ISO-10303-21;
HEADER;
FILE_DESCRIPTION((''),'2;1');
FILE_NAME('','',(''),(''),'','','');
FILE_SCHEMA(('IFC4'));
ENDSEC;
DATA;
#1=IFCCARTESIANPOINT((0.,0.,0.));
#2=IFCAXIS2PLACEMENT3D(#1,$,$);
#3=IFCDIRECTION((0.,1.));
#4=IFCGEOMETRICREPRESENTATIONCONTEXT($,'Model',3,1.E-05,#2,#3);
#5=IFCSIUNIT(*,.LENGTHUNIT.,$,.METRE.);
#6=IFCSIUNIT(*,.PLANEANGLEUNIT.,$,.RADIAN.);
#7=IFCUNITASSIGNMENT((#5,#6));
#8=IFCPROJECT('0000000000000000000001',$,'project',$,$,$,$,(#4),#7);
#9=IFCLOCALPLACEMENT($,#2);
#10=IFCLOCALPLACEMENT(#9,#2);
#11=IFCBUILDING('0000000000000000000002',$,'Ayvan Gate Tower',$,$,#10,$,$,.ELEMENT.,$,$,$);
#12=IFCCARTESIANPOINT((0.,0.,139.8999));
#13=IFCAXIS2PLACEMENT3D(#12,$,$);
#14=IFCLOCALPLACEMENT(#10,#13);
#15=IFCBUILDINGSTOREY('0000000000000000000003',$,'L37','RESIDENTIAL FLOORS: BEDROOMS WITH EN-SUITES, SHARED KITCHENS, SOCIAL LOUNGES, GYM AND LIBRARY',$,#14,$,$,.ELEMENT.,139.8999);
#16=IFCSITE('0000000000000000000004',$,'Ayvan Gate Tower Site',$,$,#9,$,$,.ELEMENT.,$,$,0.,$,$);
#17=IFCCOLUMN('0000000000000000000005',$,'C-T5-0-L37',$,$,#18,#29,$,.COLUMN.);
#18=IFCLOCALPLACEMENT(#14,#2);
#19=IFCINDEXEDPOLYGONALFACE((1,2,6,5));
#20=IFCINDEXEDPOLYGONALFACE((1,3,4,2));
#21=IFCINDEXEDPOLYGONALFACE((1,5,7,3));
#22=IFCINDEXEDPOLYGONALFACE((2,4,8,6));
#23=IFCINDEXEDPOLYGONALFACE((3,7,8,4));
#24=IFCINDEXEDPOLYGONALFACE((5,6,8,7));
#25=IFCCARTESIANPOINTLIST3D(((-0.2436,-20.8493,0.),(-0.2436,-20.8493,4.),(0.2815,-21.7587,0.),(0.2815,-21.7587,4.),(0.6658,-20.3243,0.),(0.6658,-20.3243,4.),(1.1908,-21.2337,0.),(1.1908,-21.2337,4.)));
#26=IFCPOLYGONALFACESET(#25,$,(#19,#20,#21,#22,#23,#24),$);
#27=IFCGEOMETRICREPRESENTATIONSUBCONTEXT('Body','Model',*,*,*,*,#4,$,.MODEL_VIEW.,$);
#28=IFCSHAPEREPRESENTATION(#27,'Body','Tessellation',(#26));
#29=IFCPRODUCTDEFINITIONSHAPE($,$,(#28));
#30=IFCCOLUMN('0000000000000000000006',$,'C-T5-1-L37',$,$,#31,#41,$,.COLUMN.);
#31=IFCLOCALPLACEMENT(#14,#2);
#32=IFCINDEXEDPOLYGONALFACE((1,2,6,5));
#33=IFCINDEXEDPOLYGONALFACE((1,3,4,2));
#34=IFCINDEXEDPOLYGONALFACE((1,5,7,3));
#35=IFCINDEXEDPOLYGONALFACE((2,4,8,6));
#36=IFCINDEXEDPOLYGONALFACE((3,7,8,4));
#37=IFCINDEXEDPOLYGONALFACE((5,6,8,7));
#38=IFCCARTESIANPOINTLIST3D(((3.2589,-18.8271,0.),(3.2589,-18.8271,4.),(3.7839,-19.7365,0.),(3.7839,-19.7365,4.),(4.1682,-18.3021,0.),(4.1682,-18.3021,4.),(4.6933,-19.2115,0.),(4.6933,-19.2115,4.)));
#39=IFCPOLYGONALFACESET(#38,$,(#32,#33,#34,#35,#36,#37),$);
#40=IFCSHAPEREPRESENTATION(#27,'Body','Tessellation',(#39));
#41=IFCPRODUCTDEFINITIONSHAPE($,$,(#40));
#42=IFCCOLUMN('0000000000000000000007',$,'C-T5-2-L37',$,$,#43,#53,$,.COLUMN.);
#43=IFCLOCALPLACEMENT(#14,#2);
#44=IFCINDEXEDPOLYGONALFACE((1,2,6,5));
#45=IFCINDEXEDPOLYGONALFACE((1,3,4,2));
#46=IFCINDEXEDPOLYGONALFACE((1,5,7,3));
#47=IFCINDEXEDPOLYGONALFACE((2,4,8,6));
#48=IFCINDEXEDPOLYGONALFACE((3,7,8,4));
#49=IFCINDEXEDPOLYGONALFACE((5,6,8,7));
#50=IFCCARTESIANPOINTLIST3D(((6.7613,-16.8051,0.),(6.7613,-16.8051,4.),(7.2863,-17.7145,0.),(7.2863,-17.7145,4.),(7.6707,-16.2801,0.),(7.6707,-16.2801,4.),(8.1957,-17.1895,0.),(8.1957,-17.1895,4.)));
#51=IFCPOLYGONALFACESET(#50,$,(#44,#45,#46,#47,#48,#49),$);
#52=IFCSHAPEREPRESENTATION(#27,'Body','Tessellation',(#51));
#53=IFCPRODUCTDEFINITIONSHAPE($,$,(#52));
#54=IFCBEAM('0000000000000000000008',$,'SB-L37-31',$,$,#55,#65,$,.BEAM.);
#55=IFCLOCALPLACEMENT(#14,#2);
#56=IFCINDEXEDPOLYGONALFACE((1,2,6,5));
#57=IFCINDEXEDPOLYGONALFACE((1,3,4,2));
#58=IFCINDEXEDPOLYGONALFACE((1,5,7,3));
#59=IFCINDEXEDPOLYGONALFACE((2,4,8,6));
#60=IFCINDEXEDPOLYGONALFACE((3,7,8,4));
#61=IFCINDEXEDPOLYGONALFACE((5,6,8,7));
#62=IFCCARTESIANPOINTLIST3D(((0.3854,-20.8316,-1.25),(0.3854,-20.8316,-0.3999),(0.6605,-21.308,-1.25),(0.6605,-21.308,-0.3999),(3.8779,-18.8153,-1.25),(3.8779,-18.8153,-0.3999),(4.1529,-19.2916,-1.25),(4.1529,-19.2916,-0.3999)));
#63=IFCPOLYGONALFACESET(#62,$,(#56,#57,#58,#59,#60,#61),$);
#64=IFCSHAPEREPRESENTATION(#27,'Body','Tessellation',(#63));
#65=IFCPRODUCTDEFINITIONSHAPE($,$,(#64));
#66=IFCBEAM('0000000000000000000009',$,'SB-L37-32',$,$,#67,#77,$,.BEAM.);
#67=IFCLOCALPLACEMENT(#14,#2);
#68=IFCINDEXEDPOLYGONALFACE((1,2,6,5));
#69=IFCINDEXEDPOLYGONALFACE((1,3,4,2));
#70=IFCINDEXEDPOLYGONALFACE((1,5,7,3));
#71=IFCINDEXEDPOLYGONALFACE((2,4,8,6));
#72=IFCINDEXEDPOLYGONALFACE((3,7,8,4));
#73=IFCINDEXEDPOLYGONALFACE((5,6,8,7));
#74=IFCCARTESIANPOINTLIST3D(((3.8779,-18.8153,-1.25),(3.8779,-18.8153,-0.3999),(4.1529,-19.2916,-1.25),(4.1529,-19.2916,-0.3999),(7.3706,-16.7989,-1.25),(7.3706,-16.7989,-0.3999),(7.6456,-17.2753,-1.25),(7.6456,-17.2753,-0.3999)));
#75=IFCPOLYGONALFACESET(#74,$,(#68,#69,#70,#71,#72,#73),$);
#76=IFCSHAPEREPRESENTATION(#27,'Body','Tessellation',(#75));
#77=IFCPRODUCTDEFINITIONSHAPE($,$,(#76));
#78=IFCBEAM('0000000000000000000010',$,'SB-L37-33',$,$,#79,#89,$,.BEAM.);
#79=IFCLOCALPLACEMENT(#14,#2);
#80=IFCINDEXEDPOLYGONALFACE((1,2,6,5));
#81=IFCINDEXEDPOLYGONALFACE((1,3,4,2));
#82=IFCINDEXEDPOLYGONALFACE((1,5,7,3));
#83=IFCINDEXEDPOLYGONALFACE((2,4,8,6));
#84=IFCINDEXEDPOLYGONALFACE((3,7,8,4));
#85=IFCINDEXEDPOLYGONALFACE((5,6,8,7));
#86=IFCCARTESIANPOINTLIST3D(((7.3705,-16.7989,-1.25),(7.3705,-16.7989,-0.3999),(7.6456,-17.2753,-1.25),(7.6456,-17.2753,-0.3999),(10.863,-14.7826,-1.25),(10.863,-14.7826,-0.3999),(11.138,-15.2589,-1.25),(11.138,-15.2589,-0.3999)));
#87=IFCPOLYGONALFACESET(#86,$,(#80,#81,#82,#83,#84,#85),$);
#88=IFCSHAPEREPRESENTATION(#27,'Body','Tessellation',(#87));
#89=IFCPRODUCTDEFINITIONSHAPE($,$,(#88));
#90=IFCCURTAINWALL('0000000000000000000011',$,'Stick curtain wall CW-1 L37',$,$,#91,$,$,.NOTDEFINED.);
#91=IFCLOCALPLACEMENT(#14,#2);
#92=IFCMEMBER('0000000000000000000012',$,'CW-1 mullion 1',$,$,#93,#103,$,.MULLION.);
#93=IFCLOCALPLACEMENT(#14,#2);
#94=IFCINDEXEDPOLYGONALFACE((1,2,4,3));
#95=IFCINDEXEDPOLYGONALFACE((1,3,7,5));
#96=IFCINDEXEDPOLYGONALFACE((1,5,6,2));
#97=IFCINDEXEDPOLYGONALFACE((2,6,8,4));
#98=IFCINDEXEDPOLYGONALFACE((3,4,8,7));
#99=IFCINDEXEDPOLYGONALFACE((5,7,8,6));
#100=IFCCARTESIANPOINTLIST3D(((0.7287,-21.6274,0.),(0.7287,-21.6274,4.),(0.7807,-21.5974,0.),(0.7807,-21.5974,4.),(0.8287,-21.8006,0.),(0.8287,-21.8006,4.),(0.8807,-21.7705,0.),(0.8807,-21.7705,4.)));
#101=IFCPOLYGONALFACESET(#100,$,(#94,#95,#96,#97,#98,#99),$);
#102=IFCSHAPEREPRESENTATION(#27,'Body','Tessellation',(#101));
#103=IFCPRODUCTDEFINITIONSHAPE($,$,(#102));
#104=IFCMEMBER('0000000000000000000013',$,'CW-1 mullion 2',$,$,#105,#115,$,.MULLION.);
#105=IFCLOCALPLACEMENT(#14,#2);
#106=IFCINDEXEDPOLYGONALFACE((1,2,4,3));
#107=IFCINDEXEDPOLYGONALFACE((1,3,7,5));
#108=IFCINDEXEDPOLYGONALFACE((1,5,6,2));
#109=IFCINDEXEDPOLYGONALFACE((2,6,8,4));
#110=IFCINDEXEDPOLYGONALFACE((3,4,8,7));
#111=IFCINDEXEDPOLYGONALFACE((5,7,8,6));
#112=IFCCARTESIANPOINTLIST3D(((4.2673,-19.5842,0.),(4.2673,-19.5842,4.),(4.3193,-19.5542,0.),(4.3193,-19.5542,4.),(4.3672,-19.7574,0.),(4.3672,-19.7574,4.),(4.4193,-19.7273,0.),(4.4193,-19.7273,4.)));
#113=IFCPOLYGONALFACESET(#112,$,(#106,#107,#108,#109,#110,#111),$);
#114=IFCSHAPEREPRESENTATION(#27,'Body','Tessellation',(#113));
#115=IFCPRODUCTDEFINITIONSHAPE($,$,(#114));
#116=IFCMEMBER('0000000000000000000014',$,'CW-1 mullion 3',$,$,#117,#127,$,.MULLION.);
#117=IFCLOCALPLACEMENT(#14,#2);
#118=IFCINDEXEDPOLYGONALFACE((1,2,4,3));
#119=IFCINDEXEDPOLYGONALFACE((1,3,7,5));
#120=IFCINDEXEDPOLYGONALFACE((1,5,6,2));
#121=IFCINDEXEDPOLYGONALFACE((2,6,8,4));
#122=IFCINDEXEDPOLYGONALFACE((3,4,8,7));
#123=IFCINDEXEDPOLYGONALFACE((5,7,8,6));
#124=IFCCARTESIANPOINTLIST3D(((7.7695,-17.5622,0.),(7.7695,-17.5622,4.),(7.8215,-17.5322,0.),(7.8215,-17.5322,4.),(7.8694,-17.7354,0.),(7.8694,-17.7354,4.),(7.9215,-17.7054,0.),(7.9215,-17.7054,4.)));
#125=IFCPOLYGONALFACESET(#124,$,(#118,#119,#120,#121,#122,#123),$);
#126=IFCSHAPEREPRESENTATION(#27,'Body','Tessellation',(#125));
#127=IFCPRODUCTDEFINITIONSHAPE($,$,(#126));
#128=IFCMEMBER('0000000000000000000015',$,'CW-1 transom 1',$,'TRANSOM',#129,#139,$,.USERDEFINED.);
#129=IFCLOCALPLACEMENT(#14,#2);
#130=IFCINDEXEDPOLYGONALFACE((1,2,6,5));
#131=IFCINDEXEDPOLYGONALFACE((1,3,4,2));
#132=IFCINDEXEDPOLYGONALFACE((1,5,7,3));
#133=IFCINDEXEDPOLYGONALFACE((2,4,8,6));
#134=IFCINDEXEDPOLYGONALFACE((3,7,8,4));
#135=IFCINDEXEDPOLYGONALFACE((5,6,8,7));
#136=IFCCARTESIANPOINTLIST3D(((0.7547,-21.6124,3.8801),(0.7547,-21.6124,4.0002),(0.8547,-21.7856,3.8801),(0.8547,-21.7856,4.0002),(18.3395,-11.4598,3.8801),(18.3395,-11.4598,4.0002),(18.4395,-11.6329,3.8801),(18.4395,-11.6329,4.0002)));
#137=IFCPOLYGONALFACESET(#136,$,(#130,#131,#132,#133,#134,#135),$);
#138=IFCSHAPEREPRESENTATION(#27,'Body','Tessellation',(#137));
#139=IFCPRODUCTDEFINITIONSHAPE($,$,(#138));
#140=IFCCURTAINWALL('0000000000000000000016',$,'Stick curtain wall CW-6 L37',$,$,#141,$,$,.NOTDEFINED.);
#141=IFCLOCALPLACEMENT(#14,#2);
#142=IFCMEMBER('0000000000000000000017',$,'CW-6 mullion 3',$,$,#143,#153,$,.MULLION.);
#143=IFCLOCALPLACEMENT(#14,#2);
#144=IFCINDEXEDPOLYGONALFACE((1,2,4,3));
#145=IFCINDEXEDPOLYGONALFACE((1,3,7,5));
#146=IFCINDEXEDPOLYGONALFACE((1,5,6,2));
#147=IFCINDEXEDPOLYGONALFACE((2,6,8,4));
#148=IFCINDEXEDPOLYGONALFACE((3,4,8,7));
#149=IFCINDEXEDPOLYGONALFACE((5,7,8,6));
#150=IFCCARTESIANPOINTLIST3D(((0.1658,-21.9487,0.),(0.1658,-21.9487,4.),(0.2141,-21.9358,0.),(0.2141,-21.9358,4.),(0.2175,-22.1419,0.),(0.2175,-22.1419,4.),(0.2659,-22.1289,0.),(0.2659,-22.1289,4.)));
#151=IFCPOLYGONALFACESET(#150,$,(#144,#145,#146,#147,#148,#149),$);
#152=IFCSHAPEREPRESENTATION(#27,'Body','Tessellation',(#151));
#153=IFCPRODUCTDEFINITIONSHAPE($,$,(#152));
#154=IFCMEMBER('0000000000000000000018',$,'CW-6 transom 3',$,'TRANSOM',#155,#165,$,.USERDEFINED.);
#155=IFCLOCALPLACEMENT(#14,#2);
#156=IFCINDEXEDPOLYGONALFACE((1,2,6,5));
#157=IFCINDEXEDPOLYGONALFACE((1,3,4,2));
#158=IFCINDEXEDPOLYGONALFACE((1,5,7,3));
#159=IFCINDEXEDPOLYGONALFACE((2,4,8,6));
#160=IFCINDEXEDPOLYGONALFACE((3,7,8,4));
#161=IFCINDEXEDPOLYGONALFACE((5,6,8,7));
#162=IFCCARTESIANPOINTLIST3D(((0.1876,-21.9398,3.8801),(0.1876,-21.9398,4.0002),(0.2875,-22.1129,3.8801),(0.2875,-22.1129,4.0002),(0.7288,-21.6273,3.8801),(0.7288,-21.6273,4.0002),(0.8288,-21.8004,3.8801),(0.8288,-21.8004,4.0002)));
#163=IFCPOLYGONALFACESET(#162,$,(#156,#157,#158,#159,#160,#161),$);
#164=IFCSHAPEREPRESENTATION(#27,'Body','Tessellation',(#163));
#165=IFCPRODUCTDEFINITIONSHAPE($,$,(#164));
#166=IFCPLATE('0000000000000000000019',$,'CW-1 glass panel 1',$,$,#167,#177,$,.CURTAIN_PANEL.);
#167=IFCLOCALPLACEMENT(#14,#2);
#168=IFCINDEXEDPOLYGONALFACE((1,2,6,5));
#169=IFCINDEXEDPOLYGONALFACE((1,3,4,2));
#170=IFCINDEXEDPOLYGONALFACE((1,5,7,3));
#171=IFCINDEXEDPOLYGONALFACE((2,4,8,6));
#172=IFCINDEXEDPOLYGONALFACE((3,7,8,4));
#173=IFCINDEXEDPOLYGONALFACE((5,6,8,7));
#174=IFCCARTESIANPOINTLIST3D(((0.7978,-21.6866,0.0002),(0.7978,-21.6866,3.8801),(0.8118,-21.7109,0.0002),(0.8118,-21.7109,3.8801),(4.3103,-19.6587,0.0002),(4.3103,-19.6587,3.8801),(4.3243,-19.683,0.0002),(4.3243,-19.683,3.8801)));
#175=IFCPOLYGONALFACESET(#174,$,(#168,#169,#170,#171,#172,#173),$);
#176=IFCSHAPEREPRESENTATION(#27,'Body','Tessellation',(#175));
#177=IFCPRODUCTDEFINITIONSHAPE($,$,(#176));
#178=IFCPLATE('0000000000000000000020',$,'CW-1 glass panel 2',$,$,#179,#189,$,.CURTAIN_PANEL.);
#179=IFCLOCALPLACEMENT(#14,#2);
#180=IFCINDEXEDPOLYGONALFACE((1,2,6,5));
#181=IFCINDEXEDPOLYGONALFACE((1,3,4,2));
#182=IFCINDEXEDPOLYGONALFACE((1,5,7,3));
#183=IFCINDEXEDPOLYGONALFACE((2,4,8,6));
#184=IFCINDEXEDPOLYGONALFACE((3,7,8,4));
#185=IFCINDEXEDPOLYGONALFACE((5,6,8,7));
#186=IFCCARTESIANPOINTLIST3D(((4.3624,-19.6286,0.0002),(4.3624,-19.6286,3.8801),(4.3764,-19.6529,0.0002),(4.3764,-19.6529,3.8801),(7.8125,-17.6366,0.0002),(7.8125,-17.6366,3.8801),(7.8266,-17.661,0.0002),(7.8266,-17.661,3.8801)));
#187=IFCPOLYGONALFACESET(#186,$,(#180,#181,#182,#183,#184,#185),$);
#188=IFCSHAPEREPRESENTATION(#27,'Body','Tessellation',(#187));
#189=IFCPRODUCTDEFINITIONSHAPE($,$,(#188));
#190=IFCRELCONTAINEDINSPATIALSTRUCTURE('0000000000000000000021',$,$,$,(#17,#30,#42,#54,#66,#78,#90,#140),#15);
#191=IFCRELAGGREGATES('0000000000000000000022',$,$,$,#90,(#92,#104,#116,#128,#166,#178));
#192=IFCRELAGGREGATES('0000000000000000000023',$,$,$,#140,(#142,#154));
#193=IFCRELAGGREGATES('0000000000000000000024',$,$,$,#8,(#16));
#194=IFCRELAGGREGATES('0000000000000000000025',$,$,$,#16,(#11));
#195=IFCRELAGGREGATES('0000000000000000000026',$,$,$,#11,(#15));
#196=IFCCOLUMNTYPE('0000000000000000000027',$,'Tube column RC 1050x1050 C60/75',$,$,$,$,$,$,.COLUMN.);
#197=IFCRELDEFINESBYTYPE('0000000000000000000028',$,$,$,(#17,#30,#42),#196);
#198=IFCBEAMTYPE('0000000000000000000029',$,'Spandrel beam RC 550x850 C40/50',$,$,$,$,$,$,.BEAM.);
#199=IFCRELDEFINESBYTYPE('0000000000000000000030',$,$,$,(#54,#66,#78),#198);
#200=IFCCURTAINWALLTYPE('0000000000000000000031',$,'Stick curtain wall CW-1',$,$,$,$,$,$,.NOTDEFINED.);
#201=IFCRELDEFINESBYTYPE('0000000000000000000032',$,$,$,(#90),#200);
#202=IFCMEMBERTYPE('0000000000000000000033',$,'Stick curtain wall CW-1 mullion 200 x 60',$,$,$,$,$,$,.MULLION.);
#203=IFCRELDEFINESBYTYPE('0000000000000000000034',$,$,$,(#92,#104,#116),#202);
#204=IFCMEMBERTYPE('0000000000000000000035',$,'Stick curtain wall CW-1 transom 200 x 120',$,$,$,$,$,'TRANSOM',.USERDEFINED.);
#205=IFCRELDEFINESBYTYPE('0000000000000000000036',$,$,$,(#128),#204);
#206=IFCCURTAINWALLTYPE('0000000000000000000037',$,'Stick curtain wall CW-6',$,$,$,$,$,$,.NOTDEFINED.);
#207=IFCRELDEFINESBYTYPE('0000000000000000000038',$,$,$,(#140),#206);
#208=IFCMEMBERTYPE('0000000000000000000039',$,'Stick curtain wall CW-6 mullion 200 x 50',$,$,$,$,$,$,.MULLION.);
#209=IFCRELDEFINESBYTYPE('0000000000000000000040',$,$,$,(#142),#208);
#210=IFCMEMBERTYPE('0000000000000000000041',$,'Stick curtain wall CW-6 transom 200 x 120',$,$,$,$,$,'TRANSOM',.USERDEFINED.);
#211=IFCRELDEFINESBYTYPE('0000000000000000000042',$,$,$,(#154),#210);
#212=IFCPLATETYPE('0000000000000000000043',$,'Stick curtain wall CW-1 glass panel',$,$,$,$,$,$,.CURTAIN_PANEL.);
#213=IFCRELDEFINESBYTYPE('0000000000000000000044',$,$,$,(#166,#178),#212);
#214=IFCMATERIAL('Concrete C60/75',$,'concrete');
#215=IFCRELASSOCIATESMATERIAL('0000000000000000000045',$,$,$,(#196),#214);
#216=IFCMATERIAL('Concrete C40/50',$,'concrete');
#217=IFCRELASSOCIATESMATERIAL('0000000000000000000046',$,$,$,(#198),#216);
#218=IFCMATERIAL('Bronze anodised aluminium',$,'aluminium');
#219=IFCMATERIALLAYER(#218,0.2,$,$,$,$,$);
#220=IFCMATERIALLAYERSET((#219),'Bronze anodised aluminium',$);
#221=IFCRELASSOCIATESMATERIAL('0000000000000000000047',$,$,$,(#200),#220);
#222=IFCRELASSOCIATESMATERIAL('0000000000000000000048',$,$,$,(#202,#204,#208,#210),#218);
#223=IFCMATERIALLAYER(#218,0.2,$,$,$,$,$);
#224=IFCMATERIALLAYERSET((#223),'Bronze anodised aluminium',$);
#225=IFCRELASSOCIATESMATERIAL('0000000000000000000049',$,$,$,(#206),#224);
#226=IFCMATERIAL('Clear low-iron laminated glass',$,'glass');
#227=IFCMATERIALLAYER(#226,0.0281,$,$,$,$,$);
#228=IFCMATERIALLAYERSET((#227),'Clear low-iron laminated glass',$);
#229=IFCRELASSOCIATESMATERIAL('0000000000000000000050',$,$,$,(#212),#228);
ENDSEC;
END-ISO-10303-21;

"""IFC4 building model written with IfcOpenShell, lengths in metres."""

from ifc_helpers import new_model, si_unit, direction, frame, origin, origin_2d, place, context, subcontext, project, spatial, rectangle, extrude, material, layer, layer_set, material_profile, profile_set, type_object, element, aggregate, save


model = new_model("IFC4")

# Units and contexts
model_context = context("Model", 3, precision=1e-05, world=origin(), true_north=direction((0.0, 1.0)))
body_context = subcontext(model_context, "Body", "Model", "MODEL_VIEW")
ifc_project = project(units=[si_unit("LENGTHUNIT", "METRE"), si_unit("PLANEANGLEUNIT", "RADIAN")], contexts=[model_context])

# Site, building, storey
site_placement = place(None, origin())
site = spatial("IfcSite", under=ifc_project, at=site_placement, Name="Ayvan Gate Tower Site", CompositionType="ELEMENT", RefElevation=0.0)
building_placement = place(site_placement, origin())
building = spatial("IfcBuilding", under=site, at=building_placement, Name="Ayvan Gate Tower", CompositionType="ELEMENT")
storey_placement = place(building_placement, frame((0.0, 0.0, 139.8999)))
storey = spatial("IfcBuildingStorey", under=building, at=storey_placement, Name="L37", Description="RESIDENTIAL FLOORS: BEDROOMS WITH EN-SUITES, SHARED KITCHENS, SOCIAL LOUNGES, GYM AND LIBRARY", CompositionType="ELEMENT", Elevation=139.8999)

# Columns
ifc_material_1 = material(Name="Concrete C60/75", Category="concrete")
ifc_material_profile_1 = material_profile(ifc_material_1, rectangle(XDim=1.05, YDim=1.05, at=origin_2d()), Name="RC 1050x1050")
ifc_profile_set_1 = profile_set([ifc_material_profile_1], Name="Concrete C60/75")
column_type = type_object("IfcColumnType", Name="Tube column RC 1050x1050 C60/75", PredefinedType="COLUMN", material=ifc_profile_set_1)
for number, where, z_axis, x_axis, name in (
    (1, (0.4736, -21.0415, 0.0), (0.0, 0.0, 1.0), (0.5, -0.866025, 0.0), "C-T5-0-L37"),
    (2, (3.9761, -19.0193, 0.0), (0.0, 0.0, 1.0), (0.5, -0.866025, 0.0), "C-T5-1-L37"),
    (3, (7.4785, -16.9973, 0.0), (0.0, 0.0, 1.0), (0.5, -0.866025, 0.0), "C-T5-2-L37"),
):
    element("IfcColumn", number, at=place(storey_placement, frame(where, z_axis=z_axis, x_axis=x_axis)), inside=storey, type_object=column_type, Name=name, PredefinedType="COLUMN", context=body_context, shape_type="SweptSolid", body=[
        extrude(rectangle(XDim=1.05, YDim=1.05, at=origin_2d()), origin(), (0.0, 0.0, 1.0), 4.0),
    ])

# Beams
ifc_material_2 = material(Name="Concrete C40/50", Category="concrete")
ifc_material_profile_2 = material_profile(ifc_material_2, rectangle(XDim=0.55, YDim=0.8501, at=origin_2d()), Name="RC 550x850")
ifc_profile_set_2 = profile_set([ifc_material_profile_2], Name="Concrete C40/50")
beam_type = type_object("IfcBeamType", Name="Spandrel beam RC 550x850 C40/50", PredefinedType="BEAM", material=ifc_profile_set_2)
beam_1_placement = place(storey_placement, frame((0.5229, -21.0698, -0.825), z_axis=(0.866025, 0.5, 0.0), x_axis=(-0.5, 0.866025, 0.0)))
element("IfcBeam", 4, at=beam_1_placement, inside=storey, type_object=beam_type, Name="SB-L37-31", PredefinedType="BEAM", context=body_context, shape_type="SweptSolid", body=[
    extrude(rectangle(XDim=0.55, YDim=0.8501, at=origin_2d()), origin(), (0.0, 0.0, 1.0), 4.0327),
])
beam_2_placement = place(storey_placement, frame((4.0154, -19.0535, -0.825), z_axis=(0.86604, 0.499974, 0.0), x_axis=(-0.499974, 0.86604, 0.0)))
element("IfcBeam", 5, at=beam_2_placement, inside=storey, type_object=beam_type, Name="SB-L37-32", PredefinedType="BEAM", context=body_context, shape_type="SweptSolid", body=[
    extrude(rectangle(XDim=0.55, YDim=0.8501, at=origin_2d()), origin(), (0.0, 0.0, 1.0), 4.033),
])
beam_3_placement = place(storey_placement, frame((7.5081, -17.0371, -0.825), z_axis=(0.866025, 0.5, 0.0), x_axis=(-0.5, 0.866025, 0.0)))
element("IfcBeam", 6, at=beam_3_placement, inside=storey, type_object=beam_type, Name="SB-L37-33", PredefinedType="BEAM", context=body_context, shape_type="SweptSolid", body=[
    extrude(rectangle(XDim=0.55, YDim=0.8501, at=origin_2d()), origin(), (0.0, 0.0, 1.0), 4.0327),
])

# Curtain walls, members
ifc_material_3 = material(Name="Bronze anodised aluminium", Category="aluminium")
ifc_layer_1 = layer(ifc_material_3, 0.2)
ifc_layer_set_1 = layer_set([ifc_layer_1], Name="Bronze anodised aluminium")
curtain_wall_type_1 = type_object("IfcCurtainWallType", Name="Stick curtain wall CW-1", PredefinedType="NOTDEFINED", material=ifc_layer_set_1)
curtain_wall_1_placement = place(storey_placement, origin())
curtain_wall_1 = element("IfcCurtainWall", 7, at=curtain_wall_1_placement, inside=storey, type_object=curtain_wall_type_1, Name="Stick curtain wall CW-1 L37", PredefinedType="NOTDEFINED")
ifc_material_profile_3 = material_profile(ifc_material_3, rectangle(XDim=0.2, YDim=0.0601, at=origin_2d()), Name="Stick curtain wall CW-1 mullion 200 x 60")
ifc_profile_set_3 = profile_set([ifc_material_profile_3], Name="Bronze anodised aluminium")
member_type_1 = type_object("IfcMemberType", Name="Stick curtain wall CW-1 mullion 200 x 60", PredefinedType="MULLION", material=ifc_profile_set_3)
member_1_placement = place(storey_placement, frame((0.8047, -21.699, 0.0), z_axis=(0.0, 0.0, 1.0), x_axis=(0.5, -0.866025, 0.0)))
member_1 = element("IfcMember", 8, at=member_1_placement, type_object=member_type_1, Name="CW-1 mullion 1", PredefinedType="MULLION", context=body_context, shape_type="SweptSolid", body=[
    extrude(rectangle(XDim=0.2, YDim=0.0601, at=origin_2d()), origin(), (0.0, 0.0, 1.0), 4.0),
])
member_2_placement = place(storey_placement, frame((4.3433, -19.6558, 0.0), z_axis=(0.0, 0.0, 1.0), x_axis=(0.5, -0.866025, 0.0)))
member_2 = element("IfcMember", 9, at=member_2_placement, type_object=member_type_1, Name="CW-1 mullion 2", PredefinedType="MULLION", context=body_context, shape_type="SweptSolid", body=[
    extrude(rectangle(XDim=0.2, YDim=0.0601, at=origin_2d()), origin(), (0.0, 0.0, 1.0), 4.0),
])
member_3_placement = place(storey_placement, frame((7.8455, -17.6338, 0.0), z_axis=(0.0, 0.0, 1.0), x_axis=(0.5, -0.866025, 0.0)))
member_3 = element("IfcMember", 10, at=member_3_placement, type_object=member_type_1, Name="CW-1 mullion 3", PredefinedType="MULLION", context=body_context, shape_type="SweptSolid", body=[
    extrude(rectangle(XDim=0.2, YDim=0.0601, at=origin_2d()), origin(), (0.0, 0.0, 1.0), 4.0),
])
ifc_material_profile_4 = material_profile(ifc_material_3, rectangle(XDim=0.2, YDim=0.1201, at=origin_2d()), Name="Stick curtain wall CW-1 transom 200 x 120")
ifc_profile_set_4 = profile_set([ifc_material_profile_4], Name="Bronze anodised aluminium")
member_type_2 = type_object("IfcMemberType", Name="Stick curtain wall CW-1 transom 200 x 120", ElementType="TRANSOM", PredefinedType="USERDEFINED", material=ifc_profile_set_4)
member_4_placement = place(storey_placement, frame((0.8047, -21.699, 3.9402), z_axis=(0.866024, 0.500002, 0.0), x_axis=(-0.500002, 0.866024, 0.0)))
member_4 = element("IfcMember", 11, at=member_4_placement, type_object=member_type_2, Name="CW-1 transom 1", ObjectType="TRANSOM", PredefinedType="USERDEFINED", context=body_context, shape_type="SweptSolid", body=[
    extrude(rectangle(XDim=0.2, YDim=0.1201, at=origin_2d()), origin(), (0.0, 0.0, 1.0), 20.3052),
])
ifc_layer_2 = layer(ifc_material_3, 0.2)
ifc_layer_set_2 = layer_set([ifc_layer_2], Name="Bronze anodised aluminium")
curtain_wall_type_2 = type_object("IfcCurtainWallType", Name="Stick curtain wall CW-6", PredefinedType="NOTDEFINED", material=ifc_layer_set_2)
curtain_wall_2_placement = place(storey_placement, origin())
curtain_wall_2 = element("IfcCurtainWall", 12, at=curtain_wall_2_placement, inside=storey, type_object=curtain_wall_type_2, Name="Stick curtain wall CW-6 L37", PredefinedType="NOTDEFINED")
ifc_material_profile_5 = material_profile(ifc_material_3, rectangle(XDim=0.2, YDim=0.05, at=origin_2d()), Name="Stick curtain wall CW-6 mullion 200 x 50")
ifc_profile_set_5 = profile_set([ifc_material_profile_5], Name="Bronze anodised aluminium")
member_type_3 = type_object("IfcMemberType", Name="Stick curtain wall CW-6 mullion 200 x 50", PredefinedType="MULLION", material=ifc_profile_set_5)
member_5_placement = place(storey_placement, frame((0.2158, -22.0388, 0.0), z_axis=(0.0, 0.0, 1.0), x_axis=(0.258819, -0.965926, 0.0)))
member_5 = element("IfcMember", 13, at=member_5_placement, type_object=member_type_3, Name="CW-6 mullion 3", PredefinedType="MULLION", context=body_context, shape_type="SweptSolid", body=[
    extrude(rectangle(XDim=0.2, YDim=0.05, at=origin_2d()), origin(), (0.0, 0.0, 1.0), 4.0),
])
ifc_material_profile_6 = material_profile(ifc_material_3, rectangle(XDim=0.2, YDim=0.1201, at=origin_2d()), Name="Stick curtain wall CW-6 transom 200 x 120")
ifc_profile_set_6 = profile_set([ifc_material_profile_6], Name="Bronze anodised aluminium")
member_type_4 = type_object("IfcMemberType", Name="Stick curtain wall CW-6 transom 200 x 120", ElementType="TRANSOM", PredefinedType="USERDEFINED", material=ifc_profile_set_6)
member_6_placement = place(storey_placement, frame((0.2375, -22.0264, 3.9402), z_axis=(0.866023, 0.500004, 0.0), x_axis=(-0.500004, 0.866023, 0.0)))
member_6 = element("IfcMember", 14, at=member_6_placement, type_object=member_type_4, Name="CW-6 transom 3", ObjectType="TRANSOM", PredefinedType="USERDEFINED", context=body_context, shape_type="SweptSolid", body=[
    extrude(rectangle(XDim=0.2, YDim=0.1201, at=origin_2d()), origin(), (0.0, 0.0, 1.0), 0.625),
])

# Plates
ifc_material_4 = material(Name="Clear low-iron laminated glass", Category="glass")
ifc_layer_3 = layer(ifc_material_4, 0.0281)
ifc_layer_set_3 = layer_set([ifc_layer_3], Name="Clear low-iron laminated glass")
plate_type_1 = type_object("IfcPlateType", Name="Stick curtain wall CW-1 glass panel", PredefinedType="CURTAIN_PANEL", material=ifc_layer_set_3)
plate_1_placement = place(storey_placement, frame((2.561, -20.6848, 0.0002), z_axis=(0.0, 0.0, 1.0), x_axis=(0.866025, 0.5, 0.0)))
plate_1 = element("IfcPlate", 15, at=plate_1_placement, type_object=plate_type_1, Name="CW-1 glass panel 1", PredefinedType="CURTAIN_PANEL", context=body_context, shape_type="SweptSolid", body=[
    extrude(rectangle(XDim=4.0559, YDim=0.0281, at=origin_2d()), origin(), (0.0, 0.0, 1.0), 3.8799),
])
plate_2_placement = place(storey_placement, frame((6.0945, -18.6448, 0.0002), z_axis=(0.0, 0.0, 1.0), x_axis=(0.866025, 0.5, 0.0)))
plate_2 = element("IfcPlate", 16, at=plate_2_placement, type_object=plate_type_1, Name="CW-1 glass panel 2", PredefinedType="CURTAIN_PANEL", context=body_context, shape_type="SweptSolid", body=[
    extrude(rectangle(XDim=3.9839, YDim=0.0281, at=origin_2d()), origin(), (0.0, 0.0, 1.0), 3.8799),
])
aggregate(curtain_wall_1, [member_1, member_2, member_3, member_4, plate_1, plate_2])
aggregate(curtain_wall_2, [member_5, member_6])

save(model, "model.ifc")
